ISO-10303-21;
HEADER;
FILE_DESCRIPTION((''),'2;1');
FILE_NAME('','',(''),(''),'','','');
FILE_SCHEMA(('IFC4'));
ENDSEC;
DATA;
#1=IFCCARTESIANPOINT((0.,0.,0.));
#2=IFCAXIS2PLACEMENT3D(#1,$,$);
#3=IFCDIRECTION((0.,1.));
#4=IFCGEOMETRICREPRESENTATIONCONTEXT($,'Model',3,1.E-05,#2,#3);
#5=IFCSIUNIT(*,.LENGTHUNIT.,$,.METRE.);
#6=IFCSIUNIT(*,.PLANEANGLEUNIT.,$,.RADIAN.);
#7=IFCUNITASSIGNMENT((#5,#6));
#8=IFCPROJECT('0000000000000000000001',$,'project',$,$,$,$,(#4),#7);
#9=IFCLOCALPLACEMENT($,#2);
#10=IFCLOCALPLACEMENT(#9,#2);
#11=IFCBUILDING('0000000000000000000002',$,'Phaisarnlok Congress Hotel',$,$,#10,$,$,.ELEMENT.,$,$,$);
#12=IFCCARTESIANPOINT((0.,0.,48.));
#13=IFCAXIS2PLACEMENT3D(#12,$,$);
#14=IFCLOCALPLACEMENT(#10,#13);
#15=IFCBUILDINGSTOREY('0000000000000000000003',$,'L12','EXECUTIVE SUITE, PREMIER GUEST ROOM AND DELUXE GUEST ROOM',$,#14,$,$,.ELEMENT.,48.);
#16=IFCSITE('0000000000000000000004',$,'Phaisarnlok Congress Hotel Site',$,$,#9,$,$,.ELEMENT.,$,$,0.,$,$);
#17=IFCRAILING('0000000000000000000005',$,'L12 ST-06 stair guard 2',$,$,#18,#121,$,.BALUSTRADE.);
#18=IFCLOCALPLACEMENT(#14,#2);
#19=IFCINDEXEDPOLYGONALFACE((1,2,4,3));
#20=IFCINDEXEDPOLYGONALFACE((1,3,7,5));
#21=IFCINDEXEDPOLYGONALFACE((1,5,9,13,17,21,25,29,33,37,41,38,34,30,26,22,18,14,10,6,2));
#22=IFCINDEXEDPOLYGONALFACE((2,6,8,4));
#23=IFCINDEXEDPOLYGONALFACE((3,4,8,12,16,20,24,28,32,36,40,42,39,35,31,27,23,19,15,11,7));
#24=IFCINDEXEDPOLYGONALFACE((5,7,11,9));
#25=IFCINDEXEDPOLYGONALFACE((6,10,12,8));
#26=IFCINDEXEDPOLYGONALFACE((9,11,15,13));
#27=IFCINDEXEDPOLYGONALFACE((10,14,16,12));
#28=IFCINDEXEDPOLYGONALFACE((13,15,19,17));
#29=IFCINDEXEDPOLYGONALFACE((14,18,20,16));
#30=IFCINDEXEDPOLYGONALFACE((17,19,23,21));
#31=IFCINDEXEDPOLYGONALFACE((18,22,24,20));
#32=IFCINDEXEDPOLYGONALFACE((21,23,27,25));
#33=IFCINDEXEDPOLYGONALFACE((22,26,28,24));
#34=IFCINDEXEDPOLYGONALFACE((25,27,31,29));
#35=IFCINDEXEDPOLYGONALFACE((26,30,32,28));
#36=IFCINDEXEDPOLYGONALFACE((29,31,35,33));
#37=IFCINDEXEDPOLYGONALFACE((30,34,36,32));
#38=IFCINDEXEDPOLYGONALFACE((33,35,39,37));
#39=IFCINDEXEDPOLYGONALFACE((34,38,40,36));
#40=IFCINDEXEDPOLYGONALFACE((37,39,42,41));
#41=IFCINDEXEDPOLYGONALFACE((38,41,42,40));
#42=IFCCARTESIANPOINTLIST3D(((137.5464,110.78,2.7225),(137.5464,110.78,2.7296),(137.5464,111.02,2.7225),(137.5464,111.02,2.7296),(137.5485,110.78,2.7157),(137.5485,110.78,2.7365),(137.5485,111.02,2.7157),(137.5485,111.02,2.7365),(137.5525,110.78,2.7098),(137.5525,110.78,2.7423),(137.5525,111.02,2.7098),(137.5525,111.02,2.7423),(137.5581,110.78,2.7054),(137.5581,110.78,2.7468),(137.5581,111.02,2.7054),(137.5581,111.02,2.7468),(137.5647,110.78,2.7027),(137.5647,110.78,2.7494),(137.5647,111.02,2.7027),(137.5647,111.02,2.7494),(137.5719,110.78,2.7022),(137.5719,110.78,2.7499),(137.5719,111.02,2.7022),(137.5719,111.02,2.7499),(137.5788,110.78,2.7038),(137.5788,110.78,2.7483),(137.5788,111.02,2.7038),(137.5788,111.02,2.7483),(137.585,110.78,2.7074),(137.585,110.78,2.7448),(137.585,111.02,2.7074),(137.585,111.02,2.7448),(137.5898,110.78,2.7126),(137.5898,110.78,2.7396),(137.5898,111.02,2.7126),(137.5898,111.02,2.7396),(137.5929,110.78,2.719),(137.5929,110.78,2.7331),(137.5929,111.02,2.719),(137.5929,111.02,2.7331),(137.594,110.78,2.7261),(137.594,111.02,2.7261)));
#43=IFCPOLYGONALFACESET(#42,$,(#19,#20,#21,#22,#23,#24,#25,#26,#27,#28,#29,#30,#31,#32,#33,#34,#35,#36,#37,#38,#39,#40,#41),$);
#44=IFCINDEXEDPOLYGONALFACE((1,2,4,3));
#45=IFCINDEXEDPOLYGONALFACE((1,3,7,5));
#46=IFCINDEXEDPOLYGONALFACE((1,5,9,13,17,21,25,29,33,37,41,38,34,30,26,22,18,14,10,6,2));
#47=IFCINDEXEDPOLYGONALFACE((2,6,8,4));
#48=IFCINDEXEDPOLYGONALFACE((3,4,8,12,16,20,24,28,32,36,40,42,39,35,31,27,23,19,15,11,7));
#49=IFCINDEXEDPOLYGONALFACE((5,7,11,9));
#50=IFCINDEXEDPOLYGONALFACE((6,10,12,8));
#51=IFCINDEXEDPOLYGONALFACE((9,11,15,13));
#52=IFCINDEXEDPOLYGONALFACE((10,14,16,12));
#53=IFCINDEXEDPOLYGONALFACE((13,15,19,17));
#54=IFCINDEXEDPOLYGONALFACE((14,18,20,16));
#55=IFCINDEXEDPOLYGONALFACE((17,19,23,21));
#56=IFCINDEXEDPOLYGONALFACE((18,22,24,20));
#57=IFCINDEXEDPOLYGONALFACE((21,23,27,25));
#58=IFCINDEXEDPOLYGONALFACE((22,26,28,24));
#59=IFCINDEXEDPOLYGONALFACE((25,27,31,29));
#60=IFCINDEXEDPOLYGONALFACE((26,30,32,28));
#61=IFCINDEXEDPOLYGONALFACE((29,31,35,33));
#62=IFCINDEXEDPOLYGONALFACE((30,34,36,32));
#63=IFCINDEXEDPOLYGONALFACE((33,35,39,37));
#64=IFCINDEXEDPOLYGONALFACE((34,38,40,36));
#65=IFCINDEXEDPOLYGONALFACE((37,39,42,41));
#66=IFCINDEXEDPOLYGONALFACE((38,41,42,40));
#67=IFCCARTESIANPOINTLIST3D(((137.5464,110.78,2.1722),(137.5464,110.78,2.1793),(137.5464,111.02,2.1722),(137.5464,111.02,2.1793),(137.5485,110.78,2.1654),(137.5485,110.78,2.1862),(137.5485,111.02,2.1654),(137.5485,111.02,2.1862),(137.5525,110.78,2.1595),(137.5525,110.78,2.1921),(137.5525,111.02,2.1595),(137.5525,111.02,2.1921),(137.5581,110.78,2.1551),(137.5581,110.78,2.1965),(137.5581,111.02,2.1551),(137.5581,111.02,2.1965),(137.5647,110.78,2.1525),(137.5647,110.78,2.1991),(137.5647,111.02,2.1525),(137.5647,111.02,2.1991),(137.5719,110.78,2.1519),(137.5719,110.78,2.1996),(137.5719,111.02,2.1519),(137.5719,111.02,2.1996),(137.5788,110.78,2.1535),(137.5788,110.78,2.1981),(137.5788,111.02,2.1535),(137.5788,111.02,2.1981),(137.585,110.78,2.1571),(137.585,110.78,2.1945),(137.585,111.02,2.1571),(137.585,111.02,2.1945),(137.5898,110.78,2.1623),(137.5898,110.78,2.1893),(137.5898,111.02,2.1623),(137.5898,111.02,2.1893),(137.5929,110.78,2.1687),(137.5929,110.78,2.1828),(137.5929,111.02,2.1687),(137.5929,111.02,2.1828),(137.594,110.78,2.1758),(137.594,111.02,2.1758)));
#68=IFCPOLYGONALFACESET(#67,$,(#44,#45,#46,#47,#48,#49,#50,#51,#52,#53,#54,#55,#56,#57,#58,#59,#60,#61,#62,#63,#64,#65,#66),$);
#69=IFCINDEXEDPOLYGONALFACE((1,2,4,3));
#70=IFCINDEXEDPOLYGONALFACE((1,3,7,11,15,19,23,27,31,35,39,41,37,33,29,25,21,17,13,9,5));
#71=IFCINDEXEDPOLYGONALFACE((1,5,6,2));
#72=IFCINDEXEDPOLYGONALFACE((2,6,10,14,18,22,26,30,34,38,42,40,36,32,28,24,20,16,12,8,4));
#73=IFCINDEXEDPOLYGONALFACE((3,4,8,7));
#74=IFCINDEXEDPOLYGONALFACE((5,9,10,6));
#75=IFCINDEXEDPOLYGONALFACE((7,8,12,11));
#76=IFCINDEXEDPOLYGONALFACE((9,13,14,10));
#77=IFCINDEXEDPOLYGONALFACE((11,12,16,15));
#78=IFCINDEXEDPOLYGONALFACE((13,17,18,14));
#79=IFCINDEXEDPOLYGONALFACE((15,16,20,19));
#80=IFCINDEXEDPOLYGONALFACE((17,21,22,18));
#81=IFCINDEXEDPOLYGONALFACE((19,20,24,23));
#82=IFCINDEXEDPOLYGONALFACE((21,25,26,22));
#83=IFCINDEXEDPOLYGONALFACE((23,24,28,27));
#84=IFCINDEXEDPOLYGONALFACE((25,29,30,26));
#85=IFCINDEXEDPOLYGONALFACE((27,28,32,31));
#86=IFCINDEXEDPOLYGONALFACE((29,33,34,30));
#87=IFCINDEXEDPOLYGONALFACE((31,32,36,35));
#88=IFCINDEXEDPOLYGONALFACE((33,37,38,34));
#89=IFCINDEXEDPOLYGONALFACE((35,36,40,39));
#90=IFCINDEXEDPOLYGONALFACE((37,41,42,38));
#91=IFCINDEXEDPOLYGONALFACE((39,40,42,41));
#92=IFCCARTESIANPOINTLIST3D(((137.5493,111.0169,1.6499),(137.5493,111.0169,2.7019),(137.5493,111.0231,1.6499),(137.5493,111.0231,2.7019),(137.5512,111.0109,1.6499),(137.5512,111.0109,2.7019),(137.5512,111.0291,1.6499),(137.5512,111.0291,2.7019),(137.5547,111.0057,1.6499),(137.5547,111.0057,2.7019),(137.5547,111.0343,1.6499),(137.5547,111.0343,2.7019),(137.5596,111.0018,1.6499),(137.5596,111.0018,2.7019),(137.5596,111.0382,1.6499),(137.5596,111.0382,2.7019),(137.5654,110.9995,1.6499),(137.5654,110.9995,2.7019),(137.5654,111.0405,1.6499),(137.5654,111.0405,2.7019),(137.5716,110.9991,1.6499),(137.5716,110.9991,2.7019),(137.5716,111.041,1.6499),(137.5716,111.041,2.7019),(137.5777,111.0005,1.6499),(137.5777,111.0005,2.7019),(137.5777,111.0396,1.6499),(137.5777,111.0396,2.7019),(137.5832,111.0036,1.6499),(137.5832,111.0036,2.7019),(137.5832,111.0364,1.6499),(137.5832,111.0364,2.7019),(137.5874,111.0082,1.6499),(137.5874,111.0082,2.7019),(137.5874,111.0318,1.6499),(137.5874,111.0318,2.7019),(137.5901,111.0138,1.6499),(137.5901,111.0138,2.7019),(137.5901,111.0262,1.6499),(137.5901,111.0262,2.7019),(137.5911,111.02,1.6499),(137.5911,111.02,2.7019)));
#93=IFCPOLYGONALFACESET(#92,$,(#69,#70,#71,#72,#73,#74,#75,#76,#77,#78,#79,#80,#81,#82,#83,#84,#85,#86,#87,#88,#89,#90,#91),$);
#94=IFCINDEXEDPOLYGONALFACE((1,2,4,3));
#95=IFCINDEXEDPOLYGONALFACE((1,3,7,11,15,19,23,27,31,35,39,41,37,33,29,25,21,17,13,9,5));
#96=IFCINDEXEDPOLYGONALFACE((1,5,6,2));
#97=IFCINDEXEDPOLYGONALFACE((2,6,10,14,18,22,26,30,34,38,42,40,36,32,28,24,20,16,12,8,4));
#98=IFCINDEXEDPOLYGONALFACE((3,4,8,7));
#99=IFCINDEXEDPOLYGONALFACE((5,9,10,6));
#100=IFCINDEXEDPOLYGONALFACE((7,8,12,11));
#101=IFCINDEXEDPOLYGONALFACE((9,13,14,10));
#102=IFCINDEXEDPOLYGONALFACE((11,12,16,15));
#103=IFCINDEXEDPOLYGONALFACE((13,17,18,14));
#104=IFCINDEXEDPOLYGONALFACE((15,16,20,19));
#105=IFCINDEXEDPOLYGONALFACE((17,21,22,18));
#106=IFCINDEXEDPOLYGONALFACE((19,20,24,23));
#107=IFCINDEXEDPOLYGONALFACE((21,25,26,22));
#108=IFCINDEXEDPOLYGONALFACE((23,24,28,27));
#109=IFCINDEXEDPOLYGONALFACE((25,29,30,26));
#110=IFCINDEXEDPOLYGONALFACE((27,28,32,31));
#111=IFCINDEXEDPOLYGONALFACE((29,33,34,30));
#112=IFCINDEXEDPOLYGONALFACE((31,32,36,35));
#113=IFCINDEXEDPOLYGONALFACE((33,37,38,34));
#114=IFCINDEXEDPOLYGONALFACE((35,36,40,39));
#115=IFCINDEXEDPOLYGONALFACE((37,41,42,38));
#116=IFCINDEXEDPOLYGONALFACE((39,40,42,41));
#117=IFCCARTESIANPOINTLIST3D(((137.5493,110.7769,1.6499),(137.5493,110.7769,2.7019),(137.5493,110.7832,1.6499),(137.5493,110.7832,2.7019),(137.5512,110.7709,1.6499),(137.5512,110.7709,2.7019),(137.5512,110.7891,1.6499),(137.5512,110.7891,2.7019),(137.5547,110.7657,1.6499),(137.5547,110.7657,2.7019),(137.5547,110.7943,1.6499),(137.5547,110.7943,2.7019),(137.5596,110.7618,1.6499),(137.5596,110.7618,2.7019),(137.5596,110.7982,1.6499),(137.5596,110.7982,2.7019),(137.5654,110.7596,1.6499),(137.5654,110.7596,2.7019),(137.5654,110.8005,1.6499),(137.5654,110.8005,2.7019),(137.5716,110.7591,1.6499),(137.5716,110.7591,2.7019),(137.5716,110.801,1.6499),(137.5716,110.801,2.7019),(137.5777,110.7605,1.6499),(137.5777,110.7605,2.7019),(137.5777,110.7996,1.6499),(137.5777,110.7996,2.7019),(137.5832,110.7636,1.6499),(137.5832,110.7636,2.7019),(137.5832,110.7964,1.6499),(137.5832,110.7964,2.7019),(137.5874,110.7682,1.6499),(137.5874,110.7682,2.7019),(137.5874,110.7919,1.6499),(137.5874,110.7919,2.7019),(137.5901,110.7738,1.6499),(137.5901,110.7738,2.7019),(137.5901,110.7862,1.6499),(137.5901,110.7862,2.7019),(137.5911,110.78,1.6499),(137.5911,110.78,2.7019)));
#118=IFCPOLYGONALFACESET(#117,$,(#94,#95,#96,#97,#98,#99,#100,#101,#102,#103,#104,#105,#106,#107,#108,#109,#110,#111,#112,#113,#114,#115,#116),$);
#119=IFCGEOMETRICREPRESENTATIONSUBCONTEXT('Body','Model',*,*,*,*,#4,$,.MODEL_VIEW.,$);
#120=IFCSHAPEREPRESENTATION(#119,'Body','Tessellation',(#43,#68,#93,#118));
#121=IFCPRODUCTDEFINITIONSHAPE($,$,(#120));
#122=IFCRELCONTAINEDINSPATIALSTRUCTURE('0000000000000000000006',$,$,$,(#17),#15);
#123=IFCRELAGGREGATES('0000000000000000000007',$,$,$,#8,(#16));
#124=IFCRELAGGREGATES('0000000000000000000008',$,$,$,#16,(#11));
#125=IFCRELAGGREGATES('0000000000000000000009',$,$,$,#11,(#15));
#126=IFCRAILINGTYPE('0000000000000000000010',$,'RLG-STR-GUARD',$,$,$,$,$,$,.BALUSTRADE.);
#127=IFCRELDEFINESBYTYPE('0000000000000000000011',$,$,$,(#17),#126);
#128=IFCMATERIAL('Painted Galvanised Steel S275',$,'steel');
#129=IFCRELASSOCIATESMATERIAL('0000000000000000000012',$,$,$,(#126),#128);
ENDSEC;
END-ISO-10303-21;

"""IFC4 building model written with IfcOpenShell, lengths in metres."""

from ifc_helpers import new_model, si_unit, direction, frame, origin, origin_2d, place, context, subcontext, project, spatial, circle, extrude, material, type_object, element, save


model = new_model("IFC4")

# Units and contexts
model_context = context("Model", 3, precision=1e-05, world=origin(), true_north=direction((0.0, 1.0)))
body_context = subcontext(model_context, "Body", "Model", "MODEL_VIEW")
ifc_project = project(units=[si_unit("LENGTHUNIT", "METRE"), si_unit("PLANEANGLEUNIT", "RADIAN")], contexts=[model_context])

# Site, building, storey
site_placement = place(None, origin())
site = spatial("IfcSite", under=ifc_project, at=site_placement, Name="Phaisarnlok Congress Hotel Site", CompositionType="ELEMENT", RefElevation=0.0)
building_placement = place(site_placement, origin())
building = spatial("IfcBuilding", under=site, at=building_placement, Name="Phaisarnlok Congress Hotel", CompositionType="ELEMENT")
storey_placement = place(building_placement, frame((0.0, 0.0, 48.0)))
storey = spatial("IfcBuildingStorey", under=building, at=storey_placement, Name="L12", Description="EXECUTIVE SUITE, PREMIER GUEST ROOM AND DELUXE GUEST ROOM", CompositionType="ELEMENT", Elevation=48.0)

# Railing
ifc_material_1 = material(Name="Painted Galvanised Steel S275", Category="steel")
railing_type_1 = type_object("IfcRailingType", Name="RLG-STR-GUARD", PredefinedType="BALUSTRADE", material=ifc_material_1)
railing_1_placement = place(storey_placement, frame((137.5701, 111.02, 1.6499)))
element("IfcRailing", 1, at=railing_1_placement, inside=storey, type_object=railing_type_1, Name="L12 ST-06 stair guard 2", PredefinedType="BALUSTRADE", context=body_context, shape_type="SweptSolid", body=[
    extrude(circle(Radius=0.0239, at=origin_2d()), frame((0.0, 0.0, 1.0762), z_axis=(0.0, -1.0, 0.0), x_axis=(1.0, 0.0, 0.0)), (0.0, 0.0, 1.0), 0.24),
    extrude(circle(Radius=0.0239, at=origin_2d()), frame((0.0, 0.0, 0.5259), z_axis=(0.0, -1.0, 0.0), x_axis=(1.0, 0.0, 0.0)), (0.0, 0.0, 1.0), 0.24),
    extrude(circle(Radius=0.021, at=origin_2d()), origin(), (0.0, 0.0, 1.0), 1.052),
    extrude(circle(Radius=0.021, at=origin_2d()), frame((0.0, -0.24, 0.0)), (0.0, 0.0, 1.0), 1.052),
])

save(model, "model.ifc")
